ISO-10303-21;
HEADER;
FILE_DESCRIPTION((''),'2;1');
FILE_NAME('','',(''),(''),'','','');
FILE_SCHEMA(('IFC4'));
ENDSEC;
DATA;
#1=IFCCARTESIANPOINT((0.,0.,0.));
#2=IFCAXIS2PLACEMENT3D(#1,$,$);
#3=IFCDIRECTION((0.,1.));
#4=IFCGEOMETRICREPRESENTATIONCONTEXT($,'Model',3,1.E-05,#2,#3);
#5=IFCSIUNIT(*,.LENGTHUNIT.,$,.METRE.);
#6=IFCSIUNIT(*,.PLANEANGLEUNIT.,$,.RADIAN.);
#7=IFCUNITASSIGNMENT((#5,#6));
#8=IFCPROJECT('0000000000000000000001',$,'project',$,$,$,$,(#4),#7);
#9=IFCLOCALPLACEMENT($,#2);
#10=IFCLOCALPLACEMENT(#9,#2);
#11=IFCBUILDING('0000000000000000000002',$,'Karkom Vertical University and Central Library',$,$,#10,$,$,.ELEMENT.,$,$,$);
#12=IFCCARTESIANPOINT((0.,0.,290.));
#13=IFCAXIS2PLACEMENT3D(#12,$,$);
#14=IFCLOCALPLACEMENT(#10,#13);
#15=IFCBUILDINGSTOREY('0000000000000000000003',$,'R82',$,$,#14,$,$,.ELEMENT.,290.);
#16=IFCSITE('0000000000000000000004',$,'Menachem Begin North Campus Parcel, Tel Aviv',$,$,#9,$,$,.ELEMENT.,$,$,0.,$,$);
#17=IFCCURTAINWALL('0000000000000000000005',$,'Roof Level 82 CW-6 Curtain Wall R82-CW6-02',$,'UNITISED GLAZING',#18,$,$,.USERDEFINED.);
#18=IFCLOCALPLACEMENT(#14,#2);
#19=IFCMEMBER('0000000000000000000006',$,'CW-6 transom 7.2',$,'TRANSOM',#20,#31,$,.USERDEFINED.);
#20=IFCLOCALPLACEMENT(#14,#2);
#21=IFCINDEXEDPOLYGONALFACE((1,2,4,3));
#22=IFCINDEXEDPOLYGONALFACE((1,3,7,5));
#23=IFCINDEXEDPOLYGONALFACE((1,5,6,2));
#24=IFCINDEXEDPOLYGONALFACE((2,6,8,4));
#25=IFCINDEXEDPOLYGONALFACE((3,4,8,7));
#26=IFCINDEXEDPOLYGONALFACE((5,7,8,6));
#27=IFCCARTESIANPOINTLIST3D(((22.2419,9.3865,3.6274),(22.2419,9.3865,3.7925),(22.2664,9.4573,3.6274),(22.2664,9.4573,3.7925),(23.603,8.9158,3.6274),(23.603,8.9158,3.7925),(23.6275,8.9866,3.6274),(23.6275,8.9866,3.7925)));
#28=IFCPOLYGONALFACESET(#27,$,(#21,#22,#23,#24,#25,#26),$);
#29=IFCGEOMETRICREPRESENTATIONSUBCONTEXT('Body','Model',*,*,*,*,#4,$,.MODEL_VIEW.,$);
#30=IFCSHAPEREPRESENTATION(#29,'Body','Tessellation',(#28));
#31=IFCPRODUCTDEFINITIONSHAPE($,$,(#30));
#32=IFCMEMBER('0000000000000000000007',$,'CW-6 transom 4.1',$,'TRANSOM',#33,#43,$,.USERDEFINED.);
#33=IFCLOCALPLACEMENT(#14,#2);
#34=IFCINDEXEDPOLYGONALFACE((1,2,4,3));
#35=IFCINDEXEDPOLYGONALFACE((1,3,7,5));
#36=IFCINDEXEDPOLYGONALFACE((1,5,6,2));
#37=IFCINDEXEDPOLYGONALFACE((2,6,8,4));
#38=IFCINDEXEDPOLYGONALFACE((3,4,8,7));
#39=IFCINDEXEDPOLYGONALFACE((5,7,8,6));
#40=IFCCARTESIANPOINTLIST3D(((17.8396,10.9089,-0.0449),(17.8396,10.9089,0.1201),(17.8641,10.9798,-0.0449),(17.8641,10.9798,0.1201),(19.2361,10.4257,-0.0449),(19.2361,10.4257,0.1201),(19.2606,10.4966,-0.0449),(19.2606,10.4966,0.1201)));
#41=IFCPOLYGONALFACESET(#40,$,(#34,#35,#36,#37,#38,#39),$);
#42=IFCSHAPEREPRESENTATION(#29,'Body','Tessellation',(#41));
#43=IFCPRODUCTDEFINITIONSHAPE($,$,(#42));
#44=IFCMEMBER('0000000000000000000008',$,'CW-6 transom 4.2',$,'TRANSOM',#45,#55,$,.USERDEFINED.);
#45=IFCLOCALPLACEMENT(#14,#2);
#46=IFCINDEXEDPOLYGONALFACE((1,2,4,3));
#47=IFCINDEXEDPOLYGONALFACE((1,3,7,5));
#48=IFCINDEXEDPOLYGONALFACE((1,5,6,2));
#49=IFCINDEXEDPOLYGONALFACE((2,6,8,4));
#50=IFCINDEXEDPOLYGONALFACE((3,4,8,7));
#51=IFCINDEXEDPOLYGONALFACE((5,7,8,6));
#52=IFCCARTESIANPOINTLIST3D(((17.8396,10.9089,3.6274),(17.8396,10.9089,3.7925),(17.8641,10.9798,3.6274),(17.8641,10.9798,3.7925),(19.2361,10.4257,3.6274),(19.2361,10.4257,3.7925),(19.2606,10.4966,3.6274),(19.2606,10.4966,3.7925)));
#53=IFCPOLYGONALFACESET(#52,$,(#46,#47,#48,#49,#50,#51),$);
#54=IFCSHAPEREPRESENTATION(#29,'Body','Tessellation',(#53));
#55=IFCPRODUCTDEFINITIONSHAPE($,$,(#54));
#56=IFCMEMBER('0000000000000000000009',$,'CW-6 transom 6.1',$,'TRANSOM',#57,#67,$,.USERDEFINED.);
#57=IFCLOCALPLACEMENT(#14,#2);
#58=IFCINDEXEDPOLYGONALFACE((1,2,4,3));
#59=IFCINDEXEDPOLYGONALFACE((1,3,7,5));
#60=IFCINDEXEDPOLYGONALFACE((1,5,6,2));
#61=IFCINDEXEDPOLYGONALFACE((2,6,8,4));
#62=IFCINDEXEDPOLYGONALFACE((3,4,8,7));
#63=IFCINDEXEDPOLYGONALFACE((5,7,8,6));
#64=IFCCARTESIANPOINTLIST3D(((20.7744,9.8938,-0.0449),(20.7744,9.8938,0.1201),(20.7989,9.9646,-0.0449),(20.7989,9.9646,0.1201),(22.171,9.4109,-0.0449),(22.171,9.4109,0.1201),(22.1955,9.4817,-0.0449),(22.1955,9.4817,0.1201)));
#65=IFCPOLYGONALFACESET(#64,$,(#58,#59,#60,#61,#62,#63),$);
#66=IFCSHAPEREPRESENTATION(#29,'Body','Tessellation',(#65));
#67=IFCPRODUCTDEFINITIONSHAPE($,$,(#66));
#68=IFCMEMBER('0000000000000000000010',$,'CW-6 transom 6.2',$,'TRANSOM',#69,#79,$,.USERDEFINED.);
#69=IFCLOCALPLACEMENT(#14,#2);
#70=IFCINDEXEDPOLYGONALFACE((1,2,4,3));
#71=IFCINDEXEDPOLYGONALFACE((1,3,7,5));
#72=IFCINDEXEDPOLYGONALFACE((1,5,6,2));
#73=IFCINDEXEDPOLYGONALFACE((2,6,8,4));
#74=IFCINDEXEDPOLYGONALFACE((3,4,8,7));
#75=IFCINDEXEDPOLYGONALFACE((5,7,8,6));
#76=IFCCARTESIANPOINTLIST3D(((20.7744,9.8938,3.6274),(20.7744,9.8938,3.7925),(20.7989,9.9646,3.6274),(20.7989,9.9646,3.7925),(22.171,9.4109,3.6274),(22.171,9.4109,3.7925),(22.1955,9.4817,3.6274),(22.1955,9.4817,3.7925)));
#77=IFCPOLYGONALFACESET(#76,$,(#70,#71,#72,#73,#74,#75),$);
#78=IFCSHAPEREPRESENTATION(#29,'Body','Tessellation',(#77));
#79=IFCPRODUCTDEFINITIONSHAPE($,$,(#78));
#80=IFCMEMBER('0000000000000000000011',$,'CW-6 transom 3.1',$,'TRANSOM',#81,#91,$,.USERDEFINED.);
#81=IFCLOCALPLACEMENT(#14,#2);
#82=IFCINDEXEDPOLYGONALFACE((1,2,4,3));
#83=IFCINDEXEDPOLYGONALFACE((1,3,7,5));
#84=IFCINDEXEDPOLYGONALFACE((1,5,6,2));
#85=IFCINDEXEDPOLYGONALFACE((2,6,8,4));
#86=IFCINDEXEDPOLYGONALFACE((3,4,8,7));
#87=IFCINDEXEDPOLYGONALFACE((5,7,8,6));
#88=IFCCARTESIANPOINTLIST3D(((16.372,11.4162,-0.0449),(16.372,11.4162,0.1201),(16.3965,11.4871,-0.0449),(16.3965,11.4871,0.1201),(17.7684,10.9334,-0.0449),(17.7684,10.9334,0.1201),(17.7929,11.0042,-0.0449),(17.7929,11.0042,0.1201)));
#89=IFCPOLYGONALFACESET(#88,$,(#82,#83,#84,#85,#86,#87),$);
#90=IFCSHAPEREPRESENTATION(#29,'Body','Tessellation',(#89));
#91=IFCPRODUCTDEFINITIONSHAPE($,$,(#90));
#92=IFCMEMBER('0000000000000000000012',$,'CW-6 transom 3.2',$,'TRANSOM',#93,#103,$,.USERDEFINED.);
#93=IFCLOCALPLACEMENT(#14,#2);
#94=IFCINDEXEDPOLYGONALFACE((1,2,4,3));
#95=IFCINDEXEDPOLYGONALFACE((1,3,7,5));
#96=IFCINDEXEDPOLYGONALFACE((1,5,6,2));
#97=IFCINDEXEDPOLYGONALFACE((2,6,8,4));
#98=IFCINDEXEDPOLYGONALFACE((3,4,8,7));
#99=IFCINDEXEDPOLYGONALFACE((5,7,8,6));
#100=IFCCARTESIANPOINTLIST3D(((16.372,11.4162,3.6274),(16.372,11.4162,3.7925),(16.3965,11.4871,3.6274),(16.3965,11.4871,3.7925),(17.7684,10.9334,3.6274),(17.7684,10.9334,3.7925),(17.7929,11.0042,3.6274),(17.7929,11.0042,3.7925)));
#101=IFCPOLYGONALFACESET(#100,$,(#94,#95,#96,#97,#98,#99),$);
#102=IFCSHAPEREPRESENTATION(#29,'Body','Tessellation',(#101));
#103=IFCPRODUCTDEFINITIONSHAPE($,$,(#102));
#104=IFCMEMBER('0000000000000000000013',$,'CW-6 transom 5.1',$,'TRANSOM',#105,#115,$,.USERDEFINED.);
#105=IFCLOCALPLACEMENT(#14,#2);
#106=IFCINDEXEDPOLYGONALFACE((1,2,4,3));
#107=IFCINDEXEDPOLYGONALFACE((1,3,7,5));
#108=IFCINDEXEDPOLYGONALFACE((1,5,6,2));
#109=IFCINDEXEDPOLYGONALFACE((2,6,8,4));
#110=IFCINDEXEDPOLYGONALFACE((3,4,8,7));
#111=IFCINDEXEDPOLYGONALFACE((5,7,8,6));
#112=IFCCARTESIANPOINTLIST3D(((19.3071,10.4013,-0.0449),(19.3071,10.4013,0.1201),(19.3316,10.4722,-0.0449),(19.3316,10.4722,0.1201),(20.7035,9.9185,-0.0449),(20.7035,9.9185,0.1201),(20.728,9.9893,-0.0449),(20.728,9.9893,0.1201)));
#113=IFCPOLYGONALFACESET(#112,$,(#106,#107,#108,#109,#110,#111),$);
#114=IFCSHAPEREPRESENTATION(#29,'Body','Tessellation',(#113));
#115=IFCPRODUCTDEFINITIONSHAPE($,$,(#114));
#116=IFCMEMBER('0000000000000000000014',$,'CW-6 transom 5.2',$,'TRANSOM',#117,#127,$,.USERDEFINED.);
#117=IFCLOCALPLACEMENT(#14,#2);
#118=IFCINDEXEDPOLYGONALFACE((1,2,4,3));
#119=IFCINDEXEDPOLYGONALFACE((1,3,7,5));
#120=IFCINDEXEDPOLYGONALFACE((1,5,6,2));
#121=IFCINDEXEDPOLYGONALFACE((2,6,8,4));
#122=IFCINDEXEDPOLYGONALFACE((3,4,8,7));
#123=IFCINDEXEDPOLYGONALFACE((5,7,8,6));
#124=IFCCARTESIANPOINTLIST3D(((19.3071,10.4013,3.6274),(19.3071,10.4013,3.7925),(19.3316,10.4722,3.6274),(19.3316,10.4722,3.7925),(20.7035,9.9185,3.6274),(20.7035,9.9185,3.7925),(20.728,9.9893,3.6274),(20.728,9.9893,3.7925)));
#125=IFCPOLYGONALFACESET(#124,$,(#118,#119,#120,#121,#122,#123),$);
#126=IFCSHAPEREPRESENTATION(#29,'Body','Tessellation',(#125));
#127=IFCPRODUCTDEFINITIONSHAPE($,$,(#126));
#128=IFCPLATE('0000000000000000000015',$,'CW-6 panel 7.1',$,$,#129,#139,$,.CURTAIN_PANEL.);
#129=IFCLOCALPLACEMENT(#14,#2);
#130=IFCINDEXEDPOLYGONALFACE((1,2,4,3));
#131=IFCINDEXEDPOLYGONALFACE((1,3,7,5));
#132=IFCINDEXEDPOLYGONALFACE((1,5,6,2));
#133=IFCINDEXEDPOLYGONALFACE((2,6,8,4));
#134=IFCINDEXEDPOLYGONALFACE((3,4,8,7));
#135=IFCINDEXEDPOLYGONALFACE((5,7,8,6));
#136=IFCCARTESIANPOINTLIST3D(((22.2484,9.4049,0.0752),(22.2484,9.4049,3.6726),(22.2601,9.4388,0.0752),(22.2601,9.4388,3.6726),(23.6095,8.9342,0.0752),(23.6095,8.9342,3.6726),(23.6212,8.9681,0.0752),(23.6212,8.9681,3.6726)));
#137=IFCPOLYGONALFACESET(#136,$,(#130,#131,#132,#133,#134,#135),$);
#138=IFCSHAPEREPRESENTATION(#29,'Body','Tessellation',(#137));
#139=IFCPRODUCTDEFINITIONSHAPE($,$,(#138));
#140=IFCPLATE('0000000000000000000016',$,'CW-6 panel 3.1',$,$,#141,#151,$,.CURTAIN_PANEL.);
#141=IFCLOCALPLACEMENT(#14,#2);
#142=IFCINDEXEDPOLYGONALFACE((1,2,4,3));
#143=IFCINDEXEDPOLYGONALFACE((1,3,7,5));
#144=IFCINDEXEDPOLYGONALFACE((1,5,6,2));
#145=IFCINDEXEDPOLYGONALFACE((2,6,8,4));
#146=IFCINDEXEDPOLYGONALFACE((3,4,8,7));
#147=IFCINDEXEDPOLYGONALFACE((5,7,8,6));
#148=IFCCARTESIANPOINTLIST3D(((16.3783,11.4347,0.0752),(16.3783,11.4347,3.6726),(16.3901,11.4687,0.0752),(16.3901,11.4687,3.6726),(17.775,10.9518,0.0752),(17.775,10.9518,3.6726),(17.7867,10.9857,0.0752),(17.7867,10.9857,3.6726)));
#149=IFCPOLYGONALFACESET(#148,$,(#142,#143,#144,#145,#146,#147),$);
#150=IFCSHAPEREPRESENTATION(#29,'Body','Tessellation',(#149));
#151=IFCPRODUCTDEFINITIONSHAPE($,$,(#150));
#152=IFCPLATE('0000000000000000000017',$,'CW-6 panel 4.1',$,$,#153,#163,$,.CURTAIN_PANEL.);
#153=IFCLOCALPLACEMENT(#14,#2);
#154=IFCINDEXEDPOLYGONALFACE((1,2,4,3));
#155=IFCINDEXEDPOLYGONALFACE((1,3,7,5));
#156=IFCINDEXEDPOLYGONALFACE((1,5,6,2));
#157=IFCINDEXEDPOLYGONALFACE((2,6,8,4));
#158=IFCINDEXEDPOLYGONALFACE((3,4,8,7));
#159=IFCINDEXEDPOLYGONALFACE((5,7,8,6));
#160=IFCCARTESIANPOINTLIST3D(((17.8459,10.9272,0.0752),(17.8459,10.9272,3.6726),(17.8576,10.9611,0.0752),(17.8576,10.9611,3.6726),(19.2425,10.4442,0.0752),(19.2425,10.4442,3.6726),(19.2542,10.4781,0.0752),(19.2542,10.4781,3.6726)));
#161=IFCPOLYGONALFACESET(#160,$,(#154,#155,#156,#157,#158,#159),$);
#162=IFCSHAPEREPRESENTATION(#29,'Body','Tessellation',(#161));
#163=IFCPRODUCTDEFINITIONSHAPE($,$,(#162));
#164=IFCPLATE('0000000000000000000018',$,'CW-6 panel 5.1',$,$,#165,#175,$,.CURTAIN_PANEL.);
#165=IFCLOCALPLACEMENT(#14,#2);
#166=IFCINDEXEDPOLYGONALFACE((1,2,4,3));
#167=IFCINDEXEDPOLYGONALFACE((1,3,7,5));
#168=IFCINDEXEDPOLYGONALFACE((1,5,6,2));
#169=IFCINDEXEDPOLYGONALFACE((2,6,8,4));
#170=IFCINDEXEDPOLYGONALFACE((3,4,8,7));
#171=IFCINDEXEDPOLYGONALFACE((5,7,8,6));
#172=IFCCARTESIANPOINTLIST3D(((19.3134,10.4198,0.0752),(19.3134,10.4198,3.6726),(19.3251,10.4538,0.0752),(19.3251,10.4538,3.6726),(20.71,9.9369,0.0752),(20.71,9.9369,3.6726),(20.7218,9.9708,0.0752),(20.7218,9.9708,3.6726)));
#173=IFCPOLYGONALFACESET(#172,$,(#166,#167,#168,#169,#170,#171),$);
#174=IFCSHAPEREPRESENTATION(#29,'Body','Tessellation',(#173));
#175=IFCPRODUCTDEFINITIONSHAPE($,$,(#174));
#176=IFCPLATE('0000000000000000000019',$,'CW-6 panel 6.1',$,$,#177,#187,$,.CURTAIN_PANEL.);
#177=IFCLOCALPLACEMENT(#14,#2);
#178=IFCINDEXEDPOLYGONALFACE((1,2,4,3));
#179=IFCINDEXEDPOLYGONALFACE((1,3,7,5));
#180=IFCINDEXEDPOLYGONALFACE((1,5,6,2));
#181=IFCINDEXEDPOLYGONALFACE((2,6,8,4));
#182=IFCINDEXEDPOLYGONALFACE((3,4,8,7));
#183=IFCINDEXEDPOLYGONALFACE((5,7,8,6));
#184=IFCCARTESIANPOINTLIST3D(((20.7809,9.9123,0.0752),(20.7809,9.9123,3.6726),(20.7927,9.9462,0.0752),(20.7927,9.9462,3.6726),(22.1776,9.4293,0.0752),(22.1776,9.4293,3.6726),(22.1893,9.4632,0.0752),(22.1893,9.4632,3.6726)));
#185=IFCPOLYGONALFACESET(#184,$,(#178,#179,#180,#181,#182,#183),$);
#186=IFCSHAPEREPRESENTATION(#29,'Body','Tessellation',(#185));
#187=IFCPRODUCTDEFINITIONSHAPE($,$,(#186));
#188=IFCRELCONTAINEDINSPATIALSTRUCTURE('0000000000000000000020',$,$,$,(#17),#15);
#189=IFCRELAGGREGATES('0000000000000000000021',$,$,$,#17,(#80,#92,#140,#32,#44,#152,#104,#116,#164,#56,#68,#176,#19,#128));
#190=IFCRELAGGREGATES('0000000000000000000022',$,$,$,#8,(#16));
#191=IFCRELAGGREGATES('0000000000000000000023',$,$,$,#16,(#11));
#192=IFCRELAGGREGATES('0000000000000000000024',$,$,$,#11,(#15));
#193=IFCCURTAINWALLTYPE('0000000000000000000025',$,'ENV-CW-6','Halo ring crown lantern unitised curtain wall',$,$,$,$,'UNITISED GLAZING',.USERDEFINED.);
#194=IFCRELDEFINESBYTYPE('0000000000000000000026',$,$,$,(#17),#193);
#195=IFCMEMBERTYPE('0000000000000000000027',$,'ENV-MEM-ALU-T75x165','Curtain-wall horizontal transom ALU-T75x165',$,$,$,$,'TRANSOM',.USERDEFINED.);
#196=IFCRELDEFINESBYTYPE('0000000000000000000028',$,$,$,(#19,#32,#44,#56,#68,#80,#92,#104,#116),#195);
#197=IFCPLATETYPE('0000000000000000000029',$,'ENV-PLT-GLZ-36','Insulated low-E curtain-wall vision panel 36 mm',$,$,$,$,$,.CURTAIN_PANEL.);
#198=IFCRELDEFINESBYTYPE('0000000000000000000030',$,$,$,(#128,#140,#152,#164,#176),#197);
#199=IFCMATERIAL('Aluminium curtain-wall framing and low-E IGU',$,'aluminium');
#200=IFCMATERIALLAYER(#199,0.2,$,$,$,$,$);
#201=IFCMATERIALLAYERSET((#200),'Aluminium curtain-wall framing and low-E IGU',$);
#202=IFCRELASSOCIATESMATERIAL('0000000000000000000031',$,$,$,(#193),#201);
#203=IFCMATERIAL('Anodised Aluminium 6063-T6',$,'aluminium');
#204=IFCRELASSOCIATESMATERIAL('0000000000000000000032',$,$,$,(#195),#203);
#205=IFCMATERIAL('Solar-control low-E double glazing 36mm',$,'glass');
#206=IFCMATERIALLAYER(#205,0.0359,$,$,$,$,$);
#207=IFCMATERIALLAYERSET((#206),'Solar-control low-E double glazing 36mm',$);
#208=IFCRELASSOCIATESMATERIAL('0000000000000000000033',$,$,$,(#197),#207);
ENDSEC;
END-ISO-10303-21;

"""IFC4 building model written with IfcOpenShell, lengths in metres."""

from ifc_helpers import new_model, si_unit, direction, frame, origin, origin_with_axes, origin_2d, place, context, subcontext, project, spatial, rectangle, extrude, source, transform, mapped, material, layer, layer_set, material_profile, profile_set, type_object, element, aggregate, save


model = new_model("IFC4")

# Units and contexts
model_context = context("Model", 3, precision=1e-05, world=origin(), true_north=direction((0.0, 1.0)))
body_context = subcontext(model_context, "Body", "Model", "MODEL_VIEW")
ifc_project = project(units=[si_unit("LENGTHUNIT", "METRE"), si_unit("PLANEANGLEUNIT", "RADIAN")], contexts=[model_context])

# Site, building, storey
site_placement = place(None, origin())
site = spatial("IfcSite", under=ifc_project, at=site_placement, Name="Menachem Begin North Campus Parcel, Tel Aviv", CompositionType="ELEMENT", RefElevation=0.0)
building_placement = place(site_placement, origin())
building = spatial("IfcBuilding", under=site, at=building_placement, Name="Karkom Vertical University and Central Library", CompositionType="ELEMENT")
storey_placement = place(building_placement, frame((0.0, 0.0, 290.0)))
storey = spatial("IfcBuildingStorey", under=building, at=storey_placement, Name="R82", CompositionType="ELEMENT", Elevation=290.0)

# Curtain wall, members, plates
ifc_material_1 = material(Name="Aluminium curtain-wall framing and low-E IGU", Category="aluminium")
ifc_layer_1 = layer(ifc_material_1, 0.2)
ifc_layer_set_1 = layer_set([ifc_layer_1], Name="Aluminium curtain-wall framing and low-E IGU")
curtain_wall_type = type_object("IfcCurtainWallType", Name="ENV-CW-6", Description="Halo ring crown lantern unitised curtain wall", ElementType="UNITISED GLAZING", PredefinedType="USERDEFINED", material=ifc_layer_set_1)
curtain_wall_placement = place(storey_placement, origin())
curtain_wall = element("IfcCurtainWall", 1, at=curtain_wall_placement, inside=storey, type_object=curtain_wall_type, Name="Roof Level 82 CW-6 Curtain Wall R82-CW6-02", ObjectType="UNITISED GLAZING", PredefinedType="USERDEFINED")
ifc_material_2 = material(Name="Anodised Aluminium 6063-T6", Category="aluminium")
ifc_material_profile_1 = material_profile(ifc_material_2, rectangle(XDim=0.075, YDim=0.165, at=origin_2d()), Name="ALU-T75x165")
ifc_profile_set_1 = profile_set([ifc_material_profile_1], Name="Anodised Aluminium 6063-T6")
member_type_1 = type_object("IfcMemberType", Name="ENV-MEM-ALU-T75x165", Description="Curtain-wall horizontal transom ALU-T75x165", ElementType="TRANSOM", PredefinedType="USERDEFINED", material=ifc_profile_set_1)
shared_shape_1 = source(origin_with_axes(), body_context, "Body", "SweptSolid", [
    extrude(rectangle(XDim=0.075, YDim=0.165, at=origin_2d()), origin(), (0.0, 0.0, 1.0), 1.4402),
])
member_1_placement = place(storey_placement, frame((22.2542, 9.4219, 3.71), z_axis=(0.945081, -0.326837, 0.0), x_axis=(0.326837, 0.945081, 0.0)))
member_1 = element("IfcMember", 2, at=member_1_placement, type_object=member_type_1, Name="CW-6 transom 7.2", ObjectType="TRANSOM", PredefinedType="USERDEFINED", context=body_context, shape_type="MappedRepresentation", body=[
    mapped(shared_shape_1, transform((0.0, 0.0, 0.0), scale=1.0)),
])
shared_shape_2 = source(origin_with_axes(), body_context, "Body", "SweptSolid", [
    extrude(rectangle(XDim=0.075, YDim=0.165, at=origin_2d()), origin(), (0.0, 0.0, 1.0), 1.4778),
])
member_2_placement = place(storey_placement, frame((17.8518, 10.9443, 0.0376), z_axis=(0.945037, -0.326963, 0.0), x_axis=(0.326963, 0.945037, 0.0)))
member_2 = element("IfcMember", 3, at=member_2_placement, type_object=member_type_1, Name="CW-6 transom 4.1", ObjectType="TRANSOM", PredefinedType="USERDEFINED", context=body_context, shape_type="MappedRepresentation", body=[
    mapped(shared_shape_2, transform((0.0, 0.0, 0.0), scale=1.0)),
])
member_3_placement = place(storey_placement, frame((17.8518, 10.9443, 3.71), z_axis=(0.945037, -0.326963, 0.0), x_axis=(0.326963, 0.945037, 0.0)))
member_3 = element("IfcMember", 4, at=member_3_placement, type_object=member_type_1, Name="CW-6 transom 4.2", ObjectType="TRANSOM", PredefinedType="USERDEFINED", context=body_context, shape_type="MappedRepresentation", body=[
    mapped(shared_shape_2, transform((0.0, 0.0, 0.0), scale=1.0)),
])
member_4_placement = place(storey_placement, frame((20.7866, 9.9292, 0.0376), z_axis=(0.945106, -0.326764, 0.0), x_axis=(0.326764, 0.945106, 0.0)))
member_4 = element("IfcMember", 5, at=member_4_placement, type_object=member_type_1, Name="CW-6 transom 6.1", ObjectType="TRANSOM", PredefinedType="USERDEFINED", context=body_context, shape_type="MappedRepresentation", body=[
    mapped(shared_shape_2, transform((0.0, 0.0, 0.0), scale=1.0)),
])
member_5_placement = place(storey_placement, frame((20.7866, 9.9292, 3.71), z_axis=(0.945106, -0.326764, 0.0), x_axis=(0.326764, 0.945106, 0.0)))
member_5 = element("IfcMember", 6, at=member_5_placement, type_object=member_type_1, Name="CW-6 transom 6.2", ObjectType="TRANSOM", PredefinedType="USERDEFINED", context=body_context, shape_type="MappedRepresentation", body=[
    mapped(shared_shape_2, transform((0.0, 0.0, 0.0), scale=1.0)),
])
shared_shape_3 = source(origin_with_axes(), body_context, "Body", "SweptSolid", [
    extrude(rectangle(XDim=0.075, YDim=0.165, at=origin_2d()), origin(), (0.0, 0.0, 1.0), 1.4775),
])
member_6_placement = place(storey_placement, frame((16.3843, 11.4517, 0.0376), z_axis=(0.945088, -0.326815, 0.0), x_axis=(0.326815, 0.945088, 0.0)))
member_6 = element("IfcMember", 7, at=member_6_placement, type_object=member_type_1, Name="CW-6 transom 3.1", ObjectType="TRANSOM", PredefinedType="USERDEFINED", context=body_context, shape_type="MappedRepresentation", body=[
    mapped(shared_shape_3, transform((0.0, 0.0, 0.0), scale=1.0)),
])
member_7_placement = place(storey_placement, frame((16.3843, 11.4517, 3.71), z_axis=(0.945088, -0.326815, 0.0), x_axis=(0.326815, 0.945088, 0.0)))
member_7 = element("IfcMember", 8, at=member_7_placement, type_object=member_type_1, Name="CW-6 transom 3.2", ObjectType="TRANSOM", PredefinedType="USERDEFINED", context=body_context, shape_type="MappedRepresentation", body=[
    mapped(shared_shape_3, transform((0.0, 0.0, 0.0), scale=1.0)),
])
member_8_placement = place(storey_placement, frame((19.3193, 10.4368, 0.0376), z_axis=(0.945088, -0.326815, 0.0), x_axis=(0.326815, 0.945088, 0.0)))
member_8 = element("IfcMember", 9, at=member_8_placement, type_object=member_type_1, Name="CW-6 transom 5.1", ObjectType="TRANSOM", PredefinedType="USERDEFINED", context=body_context, shape_type="MappedRepresentation", body=[
    mapped(shared_shape_3, transform((0.0, 0.0, 0.0), scale=1.0)),
])
member_9_placement = place(storey_placement, frame((19.3193, 10.4368, 3.71), z_axis=(0.945088, -0.326815, 0.0), x_axis=(0.326815, 0.945088, 0.0)))
member_9 = element("IfcMember", 10, at=member_9_placement, type_object=member_type_1, Name="CW-6 transom 5.2", ObjectType="TRANSOM", PredefinedType="USERDEFINED", context=body_context, shape_type="MappedRepresentation", body=[
    mapped(shared_shape_3, transform((0.0, 0.0, 0.0), scale=1.0)),
])
ifc_material_3 = material(Name="Solar-control low-E double glazing 36mm", Category="glass")
ifc_layer_2 = layer(ifc_material_3, 0.0359)
ifc_layer_set_2 = layer_set([ifc_layer_2], Name="Solar-control low-E double glazing 36mm")
plate_type = type_object("IfcPlateType", Name="ENV-PLT-GLZ-36", Description="Insulated low-E curtain-wall vision panel 36 mm", PredefinedType="CURTAIN_PANEL", material=ifc_layer_set_2)
shared_shape_4 = source(origin_with_axes(), body_context, "Body", "SweptSolid", [
    extrude(rectangle(XDim=1.4402, YDim=0.0359, at=origin_2d()), origin(), (0.0, 0.0, 1.0), 3.5974),
])
plate_1_placement = place(storey_placement, frame((22.9348, 9.1865, 0.0752), z_axis=(0.0, 0.0, 1.0), x_axis=(0.945085, -0.326823, 0.0)))
plate_1 = element("IfcPlate", 11, at=plate_1_placement, type_object=plate_type, Name="CW-6 panel 7.1", PredefinedType="CURTAIN_PANEL", context=body_context, shape_type="MappedRepresentation", body=[
    mapped(shared_shape_4, transform((0.0, 0.0, 0.0), scale=1.0)),
])
shared_shape_5 = source(origin_with_axes(), body_context, "Body", "SweptSolid", [
    extrude(rectangle(XDim=1.4778, YDim=0.0359, at=origin_2d()), origin(), (0.0, 0.0, 1.0), 3.5974),
])
plate_2_placement = place(storey_placement, frame((17.0825, 11.2102, 0.0752), z_axis=(0.0, 0.0, 1.0), x_axis=(0.945085, -0.326823, 0.0)))
plate_2 = element("IfcPlate", 12, at=plate_2_placement, type_object=plate_type, Name="CW-6 panel 3.1", PredefinedType="CURTAIN_PANEL", context=body_context, shape_type="MappedRepresentation", body=[
    mapped(shared_shape_5, transform((0.0, 0.0, 0.0), scale=1.0)),
])
plate_3_placement = place(storey_placement, frame((18.55, 10.7026, 0.0752), z_axis=(0.0, 0.0, 1.0), x_axis=(0.945085, -0.326823, 0.0)))
plate_3 = element("IfcPlate", 13, at=plate_3_placement, type_object=plate_type, Name="CW-6 panel 4.1", PredefinedType="CURTAIN_PANEL", context=body_context, shape_type="MappedRepresentation", body=[
    mapped(shared_shape_5, transform((0.0, 0.0, 0.0), scale=1.0)),
])
plate_4_placement = place(storey_placement, frame((20.0176, 10.1953, 0.0752), z_axis=(0.0, 0.0, 1.0), x_axis=(0.945085, -0.326823, 0.0)))
plate_4 = element("IfcPlate", 14, at=plate_4_placement, type_object=plate_type, Name="CW-6 panel 5.1", PredefinedType="CURTAIN_PANEL", context=body_context, shape_type="MappedRepresentation", body=[
    mapped(shared_shape_5, transform((0.0, 0.0, 0.0), scale=1.0)),
])
plate_5_placement = place(storey_placement, frame((21.4851, 9.6877, 0.0752), z_axis=(0.0, 0.0, 1.0), x_axis=(0.945085, -0.326823, 0.0)))
plate_5 = element("IfcPlate", 15, at=plate_5_placement, type_object=plate_type, Name="CW-6 panel 6.1", PredefinedType="CURTAIN_PANEL", context=body_context, shape_type="MappedRepresentation", body=[
    mapped(shared_shape_5, transform((0.0, 0.0, 0.0), scale=1.0)),
])
aggregate(curtain_wall, [member_6, member_7, plate_2, member_2, member_3, plate_3, member_8, member_9, plate_4, member_4, member_5, plate_5, member_1, plate_1])

save(model, "model.ifc")
